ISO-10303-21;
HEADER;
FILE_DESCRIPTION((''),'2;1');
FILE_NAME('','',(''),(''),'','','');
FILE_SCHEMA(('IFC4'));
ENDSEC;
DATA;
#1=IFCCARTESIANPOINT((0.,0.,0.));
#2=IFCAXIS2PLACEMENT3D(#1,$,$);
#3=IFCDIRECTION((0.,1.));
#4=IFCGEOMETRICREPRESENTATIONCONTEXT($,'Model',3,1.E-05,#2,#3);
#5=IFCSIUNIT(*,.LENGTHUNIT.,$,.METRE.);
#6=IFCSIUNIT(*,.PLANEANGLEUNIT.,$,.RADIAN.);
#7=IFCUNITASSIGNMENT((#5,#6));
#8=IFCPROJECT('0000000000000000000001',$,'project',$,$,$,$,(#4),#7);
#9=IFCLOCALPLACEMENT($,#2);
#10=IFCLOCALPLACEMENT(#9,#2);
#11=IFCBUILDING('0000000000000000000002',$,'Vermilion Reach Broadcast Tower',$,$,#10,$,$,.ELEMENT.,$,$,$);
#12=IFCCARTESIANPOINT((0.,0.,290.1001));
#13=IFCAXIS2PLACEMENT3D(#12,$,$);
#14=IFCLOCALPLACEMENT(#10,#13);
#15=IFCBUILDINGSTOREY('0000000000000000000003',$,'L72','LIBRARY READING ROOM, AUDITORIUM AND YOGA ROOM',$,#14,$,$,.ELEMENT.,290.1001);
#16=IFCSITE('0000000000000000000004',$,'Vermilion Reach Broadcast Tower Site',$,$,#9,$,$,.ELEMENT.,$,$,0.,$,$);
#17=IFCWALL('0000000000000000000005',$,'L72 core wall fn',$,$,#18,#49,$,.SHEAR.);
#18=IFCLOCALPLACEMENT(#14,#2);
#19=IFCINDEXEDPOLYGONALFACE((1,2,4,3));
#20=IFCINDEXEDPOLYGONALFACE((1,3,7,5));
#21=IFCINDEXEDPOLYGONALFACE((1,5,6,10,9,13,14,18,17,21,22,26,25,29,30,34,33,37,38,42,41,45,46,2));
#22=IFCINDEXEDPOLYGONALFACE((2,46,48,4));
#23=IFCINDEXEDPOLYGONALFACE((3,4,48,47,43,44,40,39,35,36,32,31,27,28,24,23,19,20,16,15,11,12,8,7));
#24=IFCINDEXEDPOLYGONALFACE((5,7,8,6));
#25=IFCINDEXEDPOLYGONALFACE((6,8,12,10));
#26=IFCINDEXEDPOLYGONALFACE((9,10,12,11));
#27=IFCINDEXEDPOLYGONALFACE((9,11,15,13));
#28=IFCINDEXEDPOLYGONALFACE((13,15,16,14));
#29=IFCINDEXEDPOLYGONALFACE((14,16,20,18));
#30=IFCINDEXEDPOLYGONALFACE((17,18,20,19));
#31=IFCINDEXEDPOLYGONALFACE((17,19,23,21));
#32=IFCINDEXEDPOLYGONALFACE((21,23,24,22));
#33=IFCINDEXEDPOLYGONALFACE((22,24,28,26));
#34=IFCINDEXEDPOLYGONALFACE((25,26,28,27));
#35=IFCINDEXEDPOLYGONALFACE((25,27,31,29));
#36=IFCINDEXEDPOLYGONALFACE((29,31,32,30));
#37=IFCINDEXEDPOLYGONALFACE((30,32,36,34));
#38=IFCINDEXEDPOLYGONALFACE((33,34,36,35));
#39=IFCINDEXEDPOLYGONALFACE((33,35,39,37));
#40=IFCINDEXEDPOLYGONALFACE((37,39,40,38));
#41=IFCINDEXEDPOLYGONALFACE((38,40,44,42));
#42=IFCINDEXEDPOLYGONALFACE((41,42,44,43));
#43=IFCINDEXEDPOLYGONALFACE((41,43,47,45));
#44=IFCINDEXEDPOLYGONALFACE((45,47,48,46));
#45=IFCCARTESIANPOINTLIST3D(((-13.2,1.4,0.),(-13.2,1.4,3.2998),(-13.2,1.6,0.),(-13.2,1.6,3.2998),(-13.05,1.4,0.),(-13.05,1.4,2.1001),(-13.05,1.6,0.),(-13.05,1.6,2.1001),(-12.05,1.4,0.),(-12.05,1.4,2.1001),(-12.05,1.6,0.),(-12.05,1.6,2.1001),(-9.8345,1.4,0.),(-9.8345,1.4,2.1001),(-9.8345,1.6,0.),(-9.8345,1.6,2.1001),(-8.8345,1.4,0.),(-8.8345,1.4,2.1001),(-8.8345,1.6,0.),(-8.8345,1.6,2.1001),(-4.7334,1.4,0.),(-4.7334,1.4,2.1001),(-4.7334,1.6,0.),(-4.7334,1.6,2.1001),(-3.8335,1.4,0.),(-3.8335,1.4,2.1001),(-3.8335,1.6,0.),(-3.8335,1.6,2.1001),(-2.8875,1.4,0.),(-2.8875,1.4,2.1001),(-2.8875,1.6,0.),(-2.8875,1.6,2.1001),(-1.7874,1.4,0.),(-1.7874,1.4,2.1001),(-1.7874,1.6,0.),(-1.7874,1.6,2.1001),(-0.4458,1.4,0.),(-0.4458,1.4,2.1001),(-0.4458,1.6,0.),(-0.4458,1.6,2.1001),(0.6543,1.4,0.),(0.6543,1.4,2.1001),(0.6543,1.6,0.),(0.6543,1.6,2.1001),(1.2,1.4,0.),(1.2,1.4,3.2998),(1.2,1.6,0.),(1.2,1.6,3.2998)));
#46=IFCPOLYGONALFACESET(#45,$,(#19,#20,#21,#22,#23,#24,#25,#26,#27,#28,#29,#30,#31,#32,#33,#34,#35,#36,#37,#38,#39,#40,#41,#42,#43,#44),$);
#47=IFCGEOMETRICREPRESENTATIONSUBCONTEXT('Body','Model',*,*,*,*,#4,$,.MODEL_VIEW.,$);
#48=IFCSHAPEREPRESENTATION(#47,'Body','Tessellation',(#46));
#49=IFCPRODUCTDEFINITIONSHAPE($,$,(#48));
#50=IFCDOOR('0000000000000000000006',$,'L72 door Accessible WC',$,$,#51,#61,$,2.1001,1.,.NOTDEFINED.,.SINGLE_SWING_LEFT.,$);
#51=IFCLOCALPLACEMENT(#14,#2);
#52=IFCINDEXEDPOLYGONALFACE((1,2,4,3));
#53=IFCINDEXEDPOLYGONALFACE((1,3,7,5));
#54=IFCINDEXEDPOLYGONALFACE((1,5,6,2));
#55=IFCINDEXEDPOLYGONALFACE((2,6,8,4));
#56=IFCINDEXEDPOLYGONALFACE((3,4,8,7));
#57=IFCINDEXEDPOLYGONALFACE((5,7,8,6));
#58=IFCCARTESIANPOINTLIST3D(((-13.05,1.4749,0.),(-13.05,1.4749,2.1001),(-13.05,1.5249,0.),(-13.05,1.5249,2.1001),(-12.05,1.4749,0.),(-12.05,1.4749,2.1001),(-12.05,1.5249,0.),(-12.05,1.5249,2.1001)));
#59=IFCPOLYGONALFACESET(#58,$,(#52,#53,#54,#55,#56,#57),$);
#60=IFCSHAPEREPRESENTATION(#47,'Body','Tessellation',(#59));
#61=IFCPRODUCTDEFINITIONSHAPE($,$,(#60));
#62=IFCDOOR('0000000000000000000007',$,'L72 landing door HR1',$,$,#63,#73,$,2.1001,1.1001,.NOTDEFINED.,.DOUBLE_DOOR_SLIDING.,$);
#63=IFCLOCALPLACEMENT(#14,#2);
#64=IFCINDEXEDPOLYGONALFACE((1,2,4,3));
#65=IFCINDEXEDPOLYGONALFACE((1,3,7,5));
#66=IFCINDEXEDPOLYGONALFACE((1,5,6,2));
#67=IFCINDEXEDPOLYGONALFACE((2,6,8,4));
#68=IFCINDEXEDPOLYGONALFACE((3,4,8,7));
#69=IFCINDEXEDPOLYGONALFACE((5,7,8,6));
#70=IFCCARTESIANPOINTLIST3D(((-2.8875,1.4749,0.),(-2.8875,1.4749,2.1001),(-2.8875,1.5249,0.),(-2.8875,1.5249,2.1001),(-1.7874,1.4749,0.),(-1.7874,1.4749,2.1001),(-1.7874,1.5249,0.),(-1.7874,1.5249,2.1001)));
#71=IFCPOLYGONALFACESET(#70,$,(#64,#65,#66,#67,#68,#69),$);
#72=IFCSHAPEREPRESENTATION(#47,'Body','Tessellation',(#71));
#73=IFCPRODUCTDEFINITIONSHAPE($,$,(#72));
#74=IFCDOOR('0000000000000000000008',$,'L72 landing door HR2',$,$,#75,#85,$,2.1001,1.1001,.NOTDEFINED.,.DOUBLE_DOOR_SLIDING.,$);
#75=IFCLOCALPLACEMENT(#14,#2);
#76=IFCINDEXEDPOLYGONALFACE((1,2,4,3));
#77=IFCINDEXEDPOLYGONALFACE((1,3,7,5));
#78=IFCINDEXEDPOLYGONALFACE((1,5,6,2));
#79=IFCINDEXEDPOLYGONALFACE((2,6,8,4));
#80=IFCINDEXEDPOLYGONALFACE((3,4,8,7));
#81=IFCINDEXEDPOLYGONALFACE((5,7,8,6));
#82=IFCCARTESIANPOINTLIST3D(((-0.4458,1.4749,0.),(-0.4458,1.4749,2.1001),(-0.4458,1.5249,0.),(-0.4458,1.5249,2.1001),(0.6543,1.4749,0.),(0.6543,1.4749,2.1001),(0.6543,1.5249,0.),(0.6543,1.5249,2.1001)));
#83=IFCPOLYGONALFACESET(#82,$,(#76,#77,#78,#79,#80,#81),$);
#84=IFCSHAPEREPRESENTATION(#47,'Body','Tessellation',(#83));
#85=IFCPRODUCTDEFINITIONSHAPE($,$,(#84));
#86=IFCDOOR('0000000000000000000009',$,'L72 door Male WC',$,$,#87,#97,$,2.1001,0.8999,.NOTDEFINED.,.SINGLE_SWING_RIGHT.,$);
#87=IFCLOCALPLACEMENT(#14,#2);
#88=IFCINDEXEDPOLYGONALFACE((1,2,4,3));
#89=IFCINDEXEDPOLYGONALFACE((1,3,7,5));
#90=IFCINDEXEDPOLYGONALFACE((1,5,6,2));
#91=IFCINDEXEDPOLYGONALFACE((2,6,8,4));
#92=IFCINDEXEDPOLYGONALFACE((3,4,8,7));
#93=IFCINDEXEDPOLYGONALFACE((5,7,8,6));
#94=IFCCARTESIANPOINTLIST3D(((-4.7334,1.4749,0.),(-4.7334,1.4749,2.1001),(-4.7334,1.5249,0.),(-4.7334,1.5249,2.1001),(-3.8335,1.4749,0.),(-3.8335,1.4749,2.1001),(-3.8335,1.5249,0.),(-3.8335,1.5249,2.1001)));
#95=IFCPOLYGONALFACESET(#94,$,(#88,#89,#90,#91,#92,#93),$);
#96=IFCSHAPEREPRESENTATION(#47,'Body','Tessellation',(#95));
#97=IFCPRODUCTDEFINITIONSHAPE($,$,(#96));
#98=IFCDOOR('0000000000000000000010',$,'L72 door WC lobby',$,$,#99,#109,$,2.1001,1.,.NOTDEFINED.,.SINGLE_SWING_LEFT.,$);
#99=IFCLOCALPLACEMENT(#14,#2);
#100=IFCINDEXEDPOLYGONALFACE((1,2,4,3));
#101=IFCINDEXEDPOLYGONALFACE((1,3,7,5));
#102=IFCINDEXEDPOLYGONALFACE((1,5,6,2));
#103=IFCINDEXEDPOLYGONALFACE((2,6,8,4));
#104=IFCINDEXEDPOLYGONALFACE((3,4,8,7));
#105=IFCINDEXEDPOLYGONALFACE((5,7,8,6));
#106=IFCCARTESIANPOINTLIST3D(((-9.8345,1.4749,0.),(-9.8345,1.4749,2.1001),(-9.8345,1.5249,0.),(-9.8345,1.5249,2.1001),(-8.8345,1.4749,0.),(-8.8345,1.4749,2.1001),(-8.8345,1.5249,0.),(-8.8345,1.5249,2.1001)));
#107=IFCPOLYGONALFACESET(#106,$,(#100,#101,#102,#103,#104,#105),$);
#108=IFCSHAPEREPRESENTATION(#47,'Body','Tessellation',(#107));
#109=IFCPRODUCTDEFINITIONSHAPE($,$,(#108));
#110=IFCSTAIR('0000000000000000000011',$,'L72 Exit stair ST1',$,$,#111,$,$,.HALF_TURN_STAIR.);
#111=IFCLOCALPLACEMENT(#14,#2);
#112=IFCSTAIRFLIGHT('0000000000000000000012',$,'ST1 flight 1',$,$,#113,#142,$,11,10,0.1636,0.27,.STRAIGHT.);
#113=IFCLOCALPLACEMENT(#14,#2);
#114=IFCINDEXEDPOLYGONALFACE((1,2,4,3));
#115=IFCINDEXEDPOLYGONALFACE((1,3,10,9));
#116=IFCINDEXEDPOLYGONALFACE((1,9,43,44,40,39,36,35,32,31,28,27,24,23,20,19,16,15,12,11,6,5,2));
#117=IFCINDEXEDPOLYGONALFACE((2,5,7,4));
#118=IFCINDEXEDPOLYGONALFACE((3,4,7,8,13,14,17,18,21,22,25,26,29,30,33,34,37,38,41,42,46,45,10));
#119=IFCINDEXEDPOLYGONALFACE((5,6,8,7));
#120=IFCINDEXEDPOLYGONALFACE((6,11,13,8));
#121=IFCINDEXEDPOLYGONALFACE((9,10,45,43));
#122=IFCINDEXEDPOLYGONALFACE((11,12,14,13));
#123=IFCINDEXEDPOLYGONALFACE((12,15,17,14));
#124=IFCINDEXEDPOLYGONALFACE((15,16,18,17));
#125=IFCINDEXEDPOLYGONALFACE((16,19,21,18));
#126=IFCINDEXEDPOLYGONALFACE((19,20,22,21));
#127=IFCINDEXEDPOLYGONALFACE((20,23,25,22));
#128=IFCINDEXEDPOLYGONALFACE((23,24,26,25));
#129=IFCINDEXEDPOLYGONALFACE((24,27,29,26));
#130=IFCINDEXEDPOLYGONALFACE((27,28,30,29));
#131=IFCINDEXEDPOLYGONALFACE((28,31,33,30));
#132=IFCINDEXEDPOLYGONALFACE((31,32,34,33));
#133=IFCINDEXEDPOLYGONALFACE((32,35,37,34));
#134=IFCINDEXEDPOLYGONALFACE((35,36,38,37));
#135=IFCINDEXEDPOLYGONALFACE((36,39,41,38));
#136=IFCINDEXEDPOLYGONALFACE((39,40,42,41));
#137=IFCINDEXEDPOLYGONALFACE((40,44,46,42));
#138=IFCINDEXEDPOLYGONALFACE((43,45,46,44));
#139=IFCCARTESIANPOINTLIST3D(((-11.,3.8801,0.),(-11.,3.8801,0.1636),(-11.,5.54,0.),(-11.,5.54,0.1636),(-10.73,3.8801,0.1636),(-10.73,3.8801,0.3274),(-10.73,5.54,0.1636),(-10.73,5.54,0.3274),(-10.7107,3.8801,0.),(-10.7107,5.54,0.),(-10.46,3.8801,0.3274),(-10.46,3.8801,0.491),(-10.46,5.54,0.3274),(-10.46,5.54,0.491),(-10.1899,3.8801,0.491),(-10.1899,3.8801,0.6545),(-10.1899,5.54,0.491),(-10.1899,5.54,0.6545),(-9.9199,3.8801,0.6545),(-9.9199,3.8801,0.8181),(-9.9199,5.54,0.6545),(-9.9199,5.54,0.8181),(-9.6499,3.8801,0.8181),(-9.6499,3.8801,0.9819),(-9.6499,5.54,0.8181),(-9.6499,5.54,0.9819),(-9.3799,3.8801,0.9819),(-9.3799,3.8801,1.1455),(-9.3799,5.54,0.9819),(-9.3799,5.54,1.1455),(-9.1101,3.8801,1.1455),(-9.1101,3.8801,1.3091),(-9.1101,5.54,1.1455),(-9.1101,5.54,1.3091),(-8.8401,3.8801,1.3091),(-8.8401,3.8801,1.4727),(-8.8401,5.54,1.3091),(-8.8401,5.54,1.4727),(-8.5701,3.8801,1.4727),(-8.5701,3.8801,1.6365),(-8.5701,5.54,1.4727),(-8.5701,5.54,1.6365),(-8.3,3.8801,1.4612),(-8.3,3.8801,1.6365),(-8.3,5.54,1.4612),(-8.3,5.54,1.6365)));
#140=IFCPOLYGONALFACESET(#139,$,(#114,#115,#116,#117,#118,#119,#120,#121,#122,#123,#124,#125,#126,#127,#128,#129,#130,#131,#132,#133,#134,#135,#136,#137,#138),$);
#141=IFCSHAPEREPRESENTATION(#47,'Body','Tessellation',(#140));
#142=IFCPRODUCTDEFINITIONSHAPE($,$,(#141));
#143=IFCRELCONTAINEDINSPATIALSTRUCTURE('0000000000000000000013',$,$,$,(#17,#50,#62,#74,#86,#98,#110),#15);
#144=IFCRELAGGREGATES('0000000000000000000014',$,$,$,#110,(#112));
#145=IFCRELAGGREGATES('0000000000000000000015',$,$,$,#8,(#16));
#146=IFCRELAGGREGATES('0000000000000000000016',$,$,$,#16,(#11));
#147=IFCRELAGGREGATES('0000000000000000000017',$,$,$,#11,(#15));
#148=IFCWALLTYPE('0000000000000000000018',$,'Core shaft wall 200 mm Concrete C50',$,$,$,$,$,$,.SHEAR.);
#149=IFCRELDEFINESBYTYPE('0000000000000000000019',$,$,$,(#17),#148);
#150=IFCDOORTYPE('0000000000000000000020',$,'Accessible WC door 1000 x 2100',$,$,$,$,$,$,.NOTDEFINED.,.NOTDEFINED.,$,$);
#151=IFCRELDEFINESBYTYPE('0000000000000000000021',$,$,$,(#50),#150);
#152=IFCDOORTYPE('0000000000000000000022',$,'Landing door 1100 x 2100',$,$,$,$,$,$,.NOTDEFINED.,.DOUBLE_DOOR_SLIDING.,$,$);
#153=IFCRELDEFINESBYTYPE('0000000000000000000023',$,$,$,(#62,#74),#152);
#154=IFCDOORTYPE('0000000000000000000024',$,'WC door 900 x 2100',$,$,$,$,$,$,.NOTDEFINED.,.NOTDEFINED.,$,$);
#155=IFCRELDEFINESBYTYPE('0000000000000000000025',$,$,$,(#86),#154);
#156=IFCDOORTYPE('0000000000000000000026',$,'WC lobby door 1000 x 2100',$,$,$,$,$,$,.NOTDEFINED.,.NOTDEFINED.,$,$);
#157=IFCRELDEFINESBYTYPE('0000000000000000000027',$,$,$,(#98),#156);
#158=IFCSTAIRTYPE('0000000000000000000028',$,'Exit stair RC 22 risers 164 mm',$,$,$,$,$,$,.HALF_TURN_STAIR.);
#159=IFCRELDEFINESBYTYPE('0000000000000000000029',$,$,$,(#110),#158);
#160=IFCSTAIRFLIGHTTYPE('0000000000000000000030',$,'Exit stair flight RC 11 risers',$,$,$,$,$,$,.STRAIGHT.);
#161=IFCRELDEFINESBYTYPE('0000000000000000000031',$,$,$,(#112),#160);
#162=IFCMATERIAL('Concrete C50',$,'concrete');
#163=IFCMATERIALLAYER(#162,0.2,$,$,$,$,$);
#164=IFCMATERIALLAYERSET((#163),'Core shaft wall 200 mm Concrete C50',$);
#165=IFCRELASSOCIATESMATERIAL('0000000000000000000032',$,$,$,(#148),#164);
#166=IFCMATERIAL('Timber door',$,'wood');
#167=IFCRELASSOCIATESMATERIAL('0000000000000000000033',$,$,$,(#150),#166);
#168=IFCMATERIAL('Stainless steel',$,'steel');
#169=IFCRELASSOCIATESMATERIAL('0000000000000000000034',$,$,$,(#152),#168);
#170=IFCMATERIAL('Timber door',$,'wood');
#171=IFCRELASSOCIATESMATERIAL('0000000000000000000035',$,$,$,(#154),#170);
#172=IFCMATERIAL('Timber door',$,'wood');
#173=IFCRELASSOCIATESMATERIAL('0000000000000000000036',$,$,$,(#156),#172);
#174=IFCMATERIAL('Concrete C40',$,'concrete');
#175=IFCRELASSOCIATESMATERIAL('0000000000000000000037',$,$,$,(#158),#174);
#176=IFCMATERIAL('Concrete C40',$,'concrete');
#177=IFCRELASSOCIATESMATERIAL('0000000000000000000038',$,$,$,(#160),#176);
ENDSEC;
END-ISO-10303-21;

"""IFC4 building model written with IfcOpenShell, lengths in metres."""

from ifc_helpers import new_model, si_unit, direction, frame, frame_2d, origin, place, context, subcontext, project, spatial, polyline, rectangle, outline, extrude, material, layer, layer_set, type_object, element, fill, aggregate, save


model = new_model("IFC4")

# Units and contexts
model_context = context("Model", 3, precision=1e-05, world=origin(), true_north=direction((0.0, 1.0)))
body_context = subcontext(model_context, "Body", "Model", "MODEL_VIEW")
ifc_project = project(units=[si_unit("LENGTHUNIT", "METRE"), si_unit("PLANEANGLEUNIT", "RADIAN")], contexts=[model_context])

# Site, building, storey
site_placement = place(None, origin())
site = spatial("IfcSite", under=ifc_project, at=site_placement, Name="Vermilion Reach Broadcast Tower Site", CompositionType="ELEMENT", RefElevation=0.0)
building_placement = place(site_placement, origin())
building = spatial("IfcBuilding", under=site, at=building_placement, Name="Vermilion Reach Broadcast Tower", CompositionType="ELEMENT")
storey_placement = place(building_placement, frame((0.0, 0.0, 290.1001)))
storey = spatial("IfcBuildingStorey", under=building, at=storey_placement, Name="L72", Description="LIBRARY READING ROOM, AUDITORIUM AND YOGA ROOM", CompositionType="ELEMENT", Elevation=290.1001)

# Wall, openings, doors
ifc_material_1 = material(Name="Concrete C50", Category="concrete")
ifc_layer_1 = layer(ifc_material_1, 0.2)
ifc_layer_set_1 = layer_set([ifc_layer_1], Name="Core shaft wall 200 mm Concrete C50")
wall_type_1 = type_object("IfcWallType", Name="Core shaft wall 200 mm Concrete C50", PredefinedType="SHEAR", material=ifc_layer_set_1)
wall_1_placement = place(storey_placement, frame((-13.2, 1.5, 0.0), z_axis=(0.0, 0.0, 1.0), x_axis=(1.0, 0.0, 0.0)))
wall_1 = element("IfcWall", 1, at=wall_1_placement, inside=storey, type_object=wall_type_1, Name="L72 core wall fn", PredefinedType="SHEAR", context=body_context, shape_type="SweptSolid", body=[
    extrude(rectangle(XDim=14.3999, YDim=0.2, at=frame_2d((7.2, 0.0))), origin(), (0.0, 0.0, 1.0), 3.2998),
])
opening_1_placement = place(wall_1_placement, frame((10.3125, 0.0, 0.0)))
opening_1 = element("IfcOpeningElement", 2, at=opening_1_placement, cuts=wall_1, PredefinedType="OPENING", context=body_context, shape_type="SweptSolid", body=[
    extrude(rectangle(XDim=1.1001, YDim=2.1001, at=frame_2d((0.55, 1.05))), frame((0.0, 0.1099, 0.0), z_axis=(0.0, -1.0, 0.0), x_axis=(1.0, 0.0, 0.0)), (0.0, 0.0, 1.0), 0.22),
])
opening_2_placement = place(wall_1_placement, frame((12.7542, 0.0, 0.0)))
opening_2 = element("IfcOpeningElement", 3, at=opening_2_placement, cuts=wall_1, PredefinedType="OPENING", context=body_context, shape_type="SweptSolid", body=[
    extrude(rectangle(XDim=1.1001, YDim=2.1001, at=frame_2d((0.55, 1.05))), frame((0.0, 0.1099, 0.0), z_axis=(0.0, -1.0, 0.0), x_axis=(1.0, 0.0, 0.0)), (0.0, 0.0, 1.0), 0.22),
])
opening_3_placement = place(wall_1_placement, frame((0.1499, 0.0, 0.0)))
opening_3 = element("IfcOpeningElement", 4, at=opening_3_placement, cuts=wall_1, PredefinedType="OPENING", context=body_context, shape_type="SweptSolid", body=[
    extrude(rectangle(XDim=1.0, YDim=2.1001, at=frame_2d((0.5, 1.05))), frame((0.0, 0.1099, 0.0), z_axis=(0.0, -1.0, 0.0), x_axis=(1.0, 0.0, 0.0)), (0.0, 0.0, 1.0), 0.22),
])
opening_4_placement = place(wall_1_placement, frame((3.3655, 0.0, 0.0)))
opening_4 = element("IfcOpeningElement", 5, at=opening_4_placement, cuts=wall_1, PredefinedType="OPENING", context=body_context, shape_type="SweptSolid", body=[
    extrude(rectangle(XDim=1.0, YDim=2.1001, at=frame_2d((0.5, 1.05))), frame((0.0, 0.1099, 0.0), z_axis=(0.0, -1.0, 0.0), x_axis=(1.0, 0.0, 0.0)), (0.0, 0.0, 1.0), 0.22),
])
opening_5_placement = place(wall_1_placement, frame((8.4666, 0.0, 0.0)))
opening_5 = element("IfcOpeningElement", 6, at=opening_5_placement, cuts=wall_1, PredefinedType="OPENING", context=body_context, shape_type="SweptSolid", body=[
    extrude(rectangle(XDim=0.8999, YDim=2.1001, at=frame_2d((0.45, 1.05))), frame((0.0, 0.1099, 0.0), z_axis=(0.0, -1.0, 0.0), x_axis=(1.0, 0.0, 0.0)), (0.0, 0.0, 1.0), 0.22),
])
ifc_material_2 = material(Name="Timber door", Category="wood")
door_type_1 = type_object("IfcDoorType", Name="Accessible WC door 1000 x 2100", OperationType="NOTDEFINED", PredefinedType="NOTDEFINED", material=ifc_material_2)
door_1_placement = place(opening_3_placement, origin())
door_1 = element("IfcDoor", 7, at=door_1_placement, inside=storey, type_object=door_type_1, Name="L72 door Accessible WC", OperationType="SINGLE_SWING_LEFT", OverallHeight=2.1001, OverallWidth=1.0, PredefinedType="NOTDEFINED", context=body_context, shape_type="SweptSolid", body=[
    extrude(rectangle(XDim=1.0, YDim=2.1001, at=frame_2d((0.5, 1.05))), frame((0.0, 0.0249, 0.0), z_axis=(0.0, -1.0, 0.0), x_axis=(1.0, 0.0, 0.0)), (0.0, 0.0, 1.0), 0.05),
])
fill(opening_3, door_1)
ifc_material_3 = material(Name="Stainless steel", Category="steel")
door_type_2 = type_object("IfcDoorType", Name="Landing door 1100 x 2100", OperationType="DOUBLE_DOOR_SLIDING", PredefinedType="NOTDEFINED", material=ifc_material_3)
door_2_placement = place(opening_1_placement, origin())
door_2 = element("IfcDoor", 8, at=door_2_placement, inside=storey, type_object=door_type_2, Name="L72 landing door HR1", OperationType="DOUBLE_DOOR_SLIDING", OverallHeight=2.1001, OverallWidth=1.1001, PredefinedType="NOTDEFINED", context=body_context, shape_type="SweptSolid", body=[
    extrude(rectangle(XDim=1.1001, YDim=2.1001, at=frame_2d((0.55, 1.05))), frame((0.0, 0.0249, 0.0), z_axis=(0.0, -1.0, 0.0), x_axis=(1.0, 0.0, 0.0)), (0.0, 0.0, 1.0), 0.05),
])
fill(opening_1, door_2)
door_3_placement = place(opening_2_placement, origin())
door_3 = element("IfcDoor", 9, at=door_3_placement, inside=storey, type_object=door_type_2, Name="L72 landing door HR2", OperationType="DOUBLE_DOOR_SLIDING", OverallHeight=2.1001, OverallWidth=1.1001, PredefinedType="NOTDEFINED", context=body_context, shape_type="SweptSolid", body=[
    extrude(rectangle(XDim=1.1001, YDim=2.1001, at=frame_2d((0.55, 1.05))), frame((0.0, 0.0249, 0.0), z_axis=(0.0, -1.0, 0.0), x_axis=(1.0, 0.0, 0.0)), (0.0, 0.0, 1.0), 0.05),
])
fill(opening_2, door_3)
ifc_material_4 = material(Name="Timber door", Category="wood")
door_type_3 = type_object("IfcDoorType", Name="WC door 900 x 2100", OperationType="NOTDEFINED", PredefinedType="NOTDEFINED", material=ifc_material_4)
door_4_placement = place(opening_5_placement, origin())
door_4 = element("IfcDoor", 10, at=door_4_placement, inside=storey, type_object=door_type_3, Name="L72 door Male WC", OperationType="SINGLE_SWING_RIGHT", OverallHeight=2.1001, OverallWidth=0.8999, PredefinedType="NOTDEFINED", context=body_context, shape_type="SweptSolid", body=[
    extrude(rectangle(XDim=0.8999, YDim=2.1001, at=frame_2d((0.45, 1.05))), frame((0.0, 0.0249, 0.0), z_axis=(0.0, -1.0, 0.0), x_axis=(1.0, 0.0, 0.0)), (0.0, 0.0, 1.0), 0.05),
])
fill(opening_5, door_4)
ifc_material_5 = material(Name="Timber door", Category="wood")
door_type_4 = type_object("IfcDoorType", Name="WC lobby door 1000 x 2100", OperationType="NOTDEFINED", PredefinedType="NOTDEFINED", material=ifc_material_5)
door_5_placement = place(opening_4_placement, origin())
door_5 = element("IfcDoor", 11, at=door_5_placement, inside=storey, type_object=door_type_4, Name="L72 door WC lobby", OperationType="SINGLE_SWING_LEFT", OverallHeight=2.1001, OverallWidth=1.0, PredefinedType="NOTDEFINED", context=body_context, shape_type="SweptSolid", body=[
    extrude(rectangle(XDim=1.0, YDim=2.1001, at=frame_2d((0.5, 1.05))), frame((0.0, 0.0249, 0.0), z_axis=(0.0, -1.0, 0.0), x_axis=(1.0, 0.0, 0.0)), (0.0, 0.0, 1.0), 0.05),
])
fill(opening_4, door_5)

# Stair, stair flight
ifc_material_6 = material(Name="Concrete C40", Category="concrete")
stair_type = type_object("IfcStairType", Name="Exit stair RC 22 risers 164 mm", PredefinedType="HALF_TURN_STAIR", material=ifc_material_6)
stair_placement = place(storey_placement, origin())
stair = element("IfcStair", 12, at=stair_placement, inside=storey, type_object=stair_type, Name="L72 Exit stair ST1", PredefinedType="HALF_TURN_STAIR")
ifc_material_7 = material(Name="Concrete C40", Category="concrete")
stair_flight_type = type_object("IfcStairFlightType", Name="Exit stair flight RC 11 risers", PredefinedType="STRAIGHT", material=ifc_material_7)
stair_flight_1_placement = place(storey_placement, frame((-11.0, 4.71, 0.0), z_axis=(0.0, 0.0, 1.0), x_axis=(1.0, 0.0, 0.0)))
stair_flight_1 = element("IfcStairFlight", 13, at=stair_flight_1_placement, type_object=stair_flight_type, Name="ST1 flight 1", NumberOfRisers=11, NumberOfTreads=10, PredefinedType="STRAIGHT", RiserHeight=0.1636, TreadLength=0.27, context=body_context, shape_type="SweptSolid", body=[
    extrude(outline(polyline([(0.0, 0.0), (0.0, 0.1636), (0.27, 0.1636), (0.27, 0.3274), (0.54, 0.3274), (0.54, 0.491), (0.8101, 0.491), (0.8101, 0.6545), (1.0801, 0.6545), (1.0801, 0.8181), (1.3501, 0.8181), (1.3501, 0.9819), (1.6201, 0.9819), (1.6201, 1.1455), (1.8899, 1.1455), (1.8899, 1.3091), (2.1599, 1.3091), (2.1599, 1.4727), (2.4299, 1.4727), (2.4299, 1.6365), (2.7, 1.6365), (2.7, 1.8), (2.7, 1.4612), (0.2893, 0.0), (0.0, 0.0)])), frame((0.0, 0.8301, 0.0), z_axis=(0.0, -1.0, 0.0), x_axis=(1.0, 0.0, 0.0)), (0.0, 0.0, 1.0), 1.6599),
])
aggregate(stair, [stair_flight_1])

save(model, "model.ifc")
